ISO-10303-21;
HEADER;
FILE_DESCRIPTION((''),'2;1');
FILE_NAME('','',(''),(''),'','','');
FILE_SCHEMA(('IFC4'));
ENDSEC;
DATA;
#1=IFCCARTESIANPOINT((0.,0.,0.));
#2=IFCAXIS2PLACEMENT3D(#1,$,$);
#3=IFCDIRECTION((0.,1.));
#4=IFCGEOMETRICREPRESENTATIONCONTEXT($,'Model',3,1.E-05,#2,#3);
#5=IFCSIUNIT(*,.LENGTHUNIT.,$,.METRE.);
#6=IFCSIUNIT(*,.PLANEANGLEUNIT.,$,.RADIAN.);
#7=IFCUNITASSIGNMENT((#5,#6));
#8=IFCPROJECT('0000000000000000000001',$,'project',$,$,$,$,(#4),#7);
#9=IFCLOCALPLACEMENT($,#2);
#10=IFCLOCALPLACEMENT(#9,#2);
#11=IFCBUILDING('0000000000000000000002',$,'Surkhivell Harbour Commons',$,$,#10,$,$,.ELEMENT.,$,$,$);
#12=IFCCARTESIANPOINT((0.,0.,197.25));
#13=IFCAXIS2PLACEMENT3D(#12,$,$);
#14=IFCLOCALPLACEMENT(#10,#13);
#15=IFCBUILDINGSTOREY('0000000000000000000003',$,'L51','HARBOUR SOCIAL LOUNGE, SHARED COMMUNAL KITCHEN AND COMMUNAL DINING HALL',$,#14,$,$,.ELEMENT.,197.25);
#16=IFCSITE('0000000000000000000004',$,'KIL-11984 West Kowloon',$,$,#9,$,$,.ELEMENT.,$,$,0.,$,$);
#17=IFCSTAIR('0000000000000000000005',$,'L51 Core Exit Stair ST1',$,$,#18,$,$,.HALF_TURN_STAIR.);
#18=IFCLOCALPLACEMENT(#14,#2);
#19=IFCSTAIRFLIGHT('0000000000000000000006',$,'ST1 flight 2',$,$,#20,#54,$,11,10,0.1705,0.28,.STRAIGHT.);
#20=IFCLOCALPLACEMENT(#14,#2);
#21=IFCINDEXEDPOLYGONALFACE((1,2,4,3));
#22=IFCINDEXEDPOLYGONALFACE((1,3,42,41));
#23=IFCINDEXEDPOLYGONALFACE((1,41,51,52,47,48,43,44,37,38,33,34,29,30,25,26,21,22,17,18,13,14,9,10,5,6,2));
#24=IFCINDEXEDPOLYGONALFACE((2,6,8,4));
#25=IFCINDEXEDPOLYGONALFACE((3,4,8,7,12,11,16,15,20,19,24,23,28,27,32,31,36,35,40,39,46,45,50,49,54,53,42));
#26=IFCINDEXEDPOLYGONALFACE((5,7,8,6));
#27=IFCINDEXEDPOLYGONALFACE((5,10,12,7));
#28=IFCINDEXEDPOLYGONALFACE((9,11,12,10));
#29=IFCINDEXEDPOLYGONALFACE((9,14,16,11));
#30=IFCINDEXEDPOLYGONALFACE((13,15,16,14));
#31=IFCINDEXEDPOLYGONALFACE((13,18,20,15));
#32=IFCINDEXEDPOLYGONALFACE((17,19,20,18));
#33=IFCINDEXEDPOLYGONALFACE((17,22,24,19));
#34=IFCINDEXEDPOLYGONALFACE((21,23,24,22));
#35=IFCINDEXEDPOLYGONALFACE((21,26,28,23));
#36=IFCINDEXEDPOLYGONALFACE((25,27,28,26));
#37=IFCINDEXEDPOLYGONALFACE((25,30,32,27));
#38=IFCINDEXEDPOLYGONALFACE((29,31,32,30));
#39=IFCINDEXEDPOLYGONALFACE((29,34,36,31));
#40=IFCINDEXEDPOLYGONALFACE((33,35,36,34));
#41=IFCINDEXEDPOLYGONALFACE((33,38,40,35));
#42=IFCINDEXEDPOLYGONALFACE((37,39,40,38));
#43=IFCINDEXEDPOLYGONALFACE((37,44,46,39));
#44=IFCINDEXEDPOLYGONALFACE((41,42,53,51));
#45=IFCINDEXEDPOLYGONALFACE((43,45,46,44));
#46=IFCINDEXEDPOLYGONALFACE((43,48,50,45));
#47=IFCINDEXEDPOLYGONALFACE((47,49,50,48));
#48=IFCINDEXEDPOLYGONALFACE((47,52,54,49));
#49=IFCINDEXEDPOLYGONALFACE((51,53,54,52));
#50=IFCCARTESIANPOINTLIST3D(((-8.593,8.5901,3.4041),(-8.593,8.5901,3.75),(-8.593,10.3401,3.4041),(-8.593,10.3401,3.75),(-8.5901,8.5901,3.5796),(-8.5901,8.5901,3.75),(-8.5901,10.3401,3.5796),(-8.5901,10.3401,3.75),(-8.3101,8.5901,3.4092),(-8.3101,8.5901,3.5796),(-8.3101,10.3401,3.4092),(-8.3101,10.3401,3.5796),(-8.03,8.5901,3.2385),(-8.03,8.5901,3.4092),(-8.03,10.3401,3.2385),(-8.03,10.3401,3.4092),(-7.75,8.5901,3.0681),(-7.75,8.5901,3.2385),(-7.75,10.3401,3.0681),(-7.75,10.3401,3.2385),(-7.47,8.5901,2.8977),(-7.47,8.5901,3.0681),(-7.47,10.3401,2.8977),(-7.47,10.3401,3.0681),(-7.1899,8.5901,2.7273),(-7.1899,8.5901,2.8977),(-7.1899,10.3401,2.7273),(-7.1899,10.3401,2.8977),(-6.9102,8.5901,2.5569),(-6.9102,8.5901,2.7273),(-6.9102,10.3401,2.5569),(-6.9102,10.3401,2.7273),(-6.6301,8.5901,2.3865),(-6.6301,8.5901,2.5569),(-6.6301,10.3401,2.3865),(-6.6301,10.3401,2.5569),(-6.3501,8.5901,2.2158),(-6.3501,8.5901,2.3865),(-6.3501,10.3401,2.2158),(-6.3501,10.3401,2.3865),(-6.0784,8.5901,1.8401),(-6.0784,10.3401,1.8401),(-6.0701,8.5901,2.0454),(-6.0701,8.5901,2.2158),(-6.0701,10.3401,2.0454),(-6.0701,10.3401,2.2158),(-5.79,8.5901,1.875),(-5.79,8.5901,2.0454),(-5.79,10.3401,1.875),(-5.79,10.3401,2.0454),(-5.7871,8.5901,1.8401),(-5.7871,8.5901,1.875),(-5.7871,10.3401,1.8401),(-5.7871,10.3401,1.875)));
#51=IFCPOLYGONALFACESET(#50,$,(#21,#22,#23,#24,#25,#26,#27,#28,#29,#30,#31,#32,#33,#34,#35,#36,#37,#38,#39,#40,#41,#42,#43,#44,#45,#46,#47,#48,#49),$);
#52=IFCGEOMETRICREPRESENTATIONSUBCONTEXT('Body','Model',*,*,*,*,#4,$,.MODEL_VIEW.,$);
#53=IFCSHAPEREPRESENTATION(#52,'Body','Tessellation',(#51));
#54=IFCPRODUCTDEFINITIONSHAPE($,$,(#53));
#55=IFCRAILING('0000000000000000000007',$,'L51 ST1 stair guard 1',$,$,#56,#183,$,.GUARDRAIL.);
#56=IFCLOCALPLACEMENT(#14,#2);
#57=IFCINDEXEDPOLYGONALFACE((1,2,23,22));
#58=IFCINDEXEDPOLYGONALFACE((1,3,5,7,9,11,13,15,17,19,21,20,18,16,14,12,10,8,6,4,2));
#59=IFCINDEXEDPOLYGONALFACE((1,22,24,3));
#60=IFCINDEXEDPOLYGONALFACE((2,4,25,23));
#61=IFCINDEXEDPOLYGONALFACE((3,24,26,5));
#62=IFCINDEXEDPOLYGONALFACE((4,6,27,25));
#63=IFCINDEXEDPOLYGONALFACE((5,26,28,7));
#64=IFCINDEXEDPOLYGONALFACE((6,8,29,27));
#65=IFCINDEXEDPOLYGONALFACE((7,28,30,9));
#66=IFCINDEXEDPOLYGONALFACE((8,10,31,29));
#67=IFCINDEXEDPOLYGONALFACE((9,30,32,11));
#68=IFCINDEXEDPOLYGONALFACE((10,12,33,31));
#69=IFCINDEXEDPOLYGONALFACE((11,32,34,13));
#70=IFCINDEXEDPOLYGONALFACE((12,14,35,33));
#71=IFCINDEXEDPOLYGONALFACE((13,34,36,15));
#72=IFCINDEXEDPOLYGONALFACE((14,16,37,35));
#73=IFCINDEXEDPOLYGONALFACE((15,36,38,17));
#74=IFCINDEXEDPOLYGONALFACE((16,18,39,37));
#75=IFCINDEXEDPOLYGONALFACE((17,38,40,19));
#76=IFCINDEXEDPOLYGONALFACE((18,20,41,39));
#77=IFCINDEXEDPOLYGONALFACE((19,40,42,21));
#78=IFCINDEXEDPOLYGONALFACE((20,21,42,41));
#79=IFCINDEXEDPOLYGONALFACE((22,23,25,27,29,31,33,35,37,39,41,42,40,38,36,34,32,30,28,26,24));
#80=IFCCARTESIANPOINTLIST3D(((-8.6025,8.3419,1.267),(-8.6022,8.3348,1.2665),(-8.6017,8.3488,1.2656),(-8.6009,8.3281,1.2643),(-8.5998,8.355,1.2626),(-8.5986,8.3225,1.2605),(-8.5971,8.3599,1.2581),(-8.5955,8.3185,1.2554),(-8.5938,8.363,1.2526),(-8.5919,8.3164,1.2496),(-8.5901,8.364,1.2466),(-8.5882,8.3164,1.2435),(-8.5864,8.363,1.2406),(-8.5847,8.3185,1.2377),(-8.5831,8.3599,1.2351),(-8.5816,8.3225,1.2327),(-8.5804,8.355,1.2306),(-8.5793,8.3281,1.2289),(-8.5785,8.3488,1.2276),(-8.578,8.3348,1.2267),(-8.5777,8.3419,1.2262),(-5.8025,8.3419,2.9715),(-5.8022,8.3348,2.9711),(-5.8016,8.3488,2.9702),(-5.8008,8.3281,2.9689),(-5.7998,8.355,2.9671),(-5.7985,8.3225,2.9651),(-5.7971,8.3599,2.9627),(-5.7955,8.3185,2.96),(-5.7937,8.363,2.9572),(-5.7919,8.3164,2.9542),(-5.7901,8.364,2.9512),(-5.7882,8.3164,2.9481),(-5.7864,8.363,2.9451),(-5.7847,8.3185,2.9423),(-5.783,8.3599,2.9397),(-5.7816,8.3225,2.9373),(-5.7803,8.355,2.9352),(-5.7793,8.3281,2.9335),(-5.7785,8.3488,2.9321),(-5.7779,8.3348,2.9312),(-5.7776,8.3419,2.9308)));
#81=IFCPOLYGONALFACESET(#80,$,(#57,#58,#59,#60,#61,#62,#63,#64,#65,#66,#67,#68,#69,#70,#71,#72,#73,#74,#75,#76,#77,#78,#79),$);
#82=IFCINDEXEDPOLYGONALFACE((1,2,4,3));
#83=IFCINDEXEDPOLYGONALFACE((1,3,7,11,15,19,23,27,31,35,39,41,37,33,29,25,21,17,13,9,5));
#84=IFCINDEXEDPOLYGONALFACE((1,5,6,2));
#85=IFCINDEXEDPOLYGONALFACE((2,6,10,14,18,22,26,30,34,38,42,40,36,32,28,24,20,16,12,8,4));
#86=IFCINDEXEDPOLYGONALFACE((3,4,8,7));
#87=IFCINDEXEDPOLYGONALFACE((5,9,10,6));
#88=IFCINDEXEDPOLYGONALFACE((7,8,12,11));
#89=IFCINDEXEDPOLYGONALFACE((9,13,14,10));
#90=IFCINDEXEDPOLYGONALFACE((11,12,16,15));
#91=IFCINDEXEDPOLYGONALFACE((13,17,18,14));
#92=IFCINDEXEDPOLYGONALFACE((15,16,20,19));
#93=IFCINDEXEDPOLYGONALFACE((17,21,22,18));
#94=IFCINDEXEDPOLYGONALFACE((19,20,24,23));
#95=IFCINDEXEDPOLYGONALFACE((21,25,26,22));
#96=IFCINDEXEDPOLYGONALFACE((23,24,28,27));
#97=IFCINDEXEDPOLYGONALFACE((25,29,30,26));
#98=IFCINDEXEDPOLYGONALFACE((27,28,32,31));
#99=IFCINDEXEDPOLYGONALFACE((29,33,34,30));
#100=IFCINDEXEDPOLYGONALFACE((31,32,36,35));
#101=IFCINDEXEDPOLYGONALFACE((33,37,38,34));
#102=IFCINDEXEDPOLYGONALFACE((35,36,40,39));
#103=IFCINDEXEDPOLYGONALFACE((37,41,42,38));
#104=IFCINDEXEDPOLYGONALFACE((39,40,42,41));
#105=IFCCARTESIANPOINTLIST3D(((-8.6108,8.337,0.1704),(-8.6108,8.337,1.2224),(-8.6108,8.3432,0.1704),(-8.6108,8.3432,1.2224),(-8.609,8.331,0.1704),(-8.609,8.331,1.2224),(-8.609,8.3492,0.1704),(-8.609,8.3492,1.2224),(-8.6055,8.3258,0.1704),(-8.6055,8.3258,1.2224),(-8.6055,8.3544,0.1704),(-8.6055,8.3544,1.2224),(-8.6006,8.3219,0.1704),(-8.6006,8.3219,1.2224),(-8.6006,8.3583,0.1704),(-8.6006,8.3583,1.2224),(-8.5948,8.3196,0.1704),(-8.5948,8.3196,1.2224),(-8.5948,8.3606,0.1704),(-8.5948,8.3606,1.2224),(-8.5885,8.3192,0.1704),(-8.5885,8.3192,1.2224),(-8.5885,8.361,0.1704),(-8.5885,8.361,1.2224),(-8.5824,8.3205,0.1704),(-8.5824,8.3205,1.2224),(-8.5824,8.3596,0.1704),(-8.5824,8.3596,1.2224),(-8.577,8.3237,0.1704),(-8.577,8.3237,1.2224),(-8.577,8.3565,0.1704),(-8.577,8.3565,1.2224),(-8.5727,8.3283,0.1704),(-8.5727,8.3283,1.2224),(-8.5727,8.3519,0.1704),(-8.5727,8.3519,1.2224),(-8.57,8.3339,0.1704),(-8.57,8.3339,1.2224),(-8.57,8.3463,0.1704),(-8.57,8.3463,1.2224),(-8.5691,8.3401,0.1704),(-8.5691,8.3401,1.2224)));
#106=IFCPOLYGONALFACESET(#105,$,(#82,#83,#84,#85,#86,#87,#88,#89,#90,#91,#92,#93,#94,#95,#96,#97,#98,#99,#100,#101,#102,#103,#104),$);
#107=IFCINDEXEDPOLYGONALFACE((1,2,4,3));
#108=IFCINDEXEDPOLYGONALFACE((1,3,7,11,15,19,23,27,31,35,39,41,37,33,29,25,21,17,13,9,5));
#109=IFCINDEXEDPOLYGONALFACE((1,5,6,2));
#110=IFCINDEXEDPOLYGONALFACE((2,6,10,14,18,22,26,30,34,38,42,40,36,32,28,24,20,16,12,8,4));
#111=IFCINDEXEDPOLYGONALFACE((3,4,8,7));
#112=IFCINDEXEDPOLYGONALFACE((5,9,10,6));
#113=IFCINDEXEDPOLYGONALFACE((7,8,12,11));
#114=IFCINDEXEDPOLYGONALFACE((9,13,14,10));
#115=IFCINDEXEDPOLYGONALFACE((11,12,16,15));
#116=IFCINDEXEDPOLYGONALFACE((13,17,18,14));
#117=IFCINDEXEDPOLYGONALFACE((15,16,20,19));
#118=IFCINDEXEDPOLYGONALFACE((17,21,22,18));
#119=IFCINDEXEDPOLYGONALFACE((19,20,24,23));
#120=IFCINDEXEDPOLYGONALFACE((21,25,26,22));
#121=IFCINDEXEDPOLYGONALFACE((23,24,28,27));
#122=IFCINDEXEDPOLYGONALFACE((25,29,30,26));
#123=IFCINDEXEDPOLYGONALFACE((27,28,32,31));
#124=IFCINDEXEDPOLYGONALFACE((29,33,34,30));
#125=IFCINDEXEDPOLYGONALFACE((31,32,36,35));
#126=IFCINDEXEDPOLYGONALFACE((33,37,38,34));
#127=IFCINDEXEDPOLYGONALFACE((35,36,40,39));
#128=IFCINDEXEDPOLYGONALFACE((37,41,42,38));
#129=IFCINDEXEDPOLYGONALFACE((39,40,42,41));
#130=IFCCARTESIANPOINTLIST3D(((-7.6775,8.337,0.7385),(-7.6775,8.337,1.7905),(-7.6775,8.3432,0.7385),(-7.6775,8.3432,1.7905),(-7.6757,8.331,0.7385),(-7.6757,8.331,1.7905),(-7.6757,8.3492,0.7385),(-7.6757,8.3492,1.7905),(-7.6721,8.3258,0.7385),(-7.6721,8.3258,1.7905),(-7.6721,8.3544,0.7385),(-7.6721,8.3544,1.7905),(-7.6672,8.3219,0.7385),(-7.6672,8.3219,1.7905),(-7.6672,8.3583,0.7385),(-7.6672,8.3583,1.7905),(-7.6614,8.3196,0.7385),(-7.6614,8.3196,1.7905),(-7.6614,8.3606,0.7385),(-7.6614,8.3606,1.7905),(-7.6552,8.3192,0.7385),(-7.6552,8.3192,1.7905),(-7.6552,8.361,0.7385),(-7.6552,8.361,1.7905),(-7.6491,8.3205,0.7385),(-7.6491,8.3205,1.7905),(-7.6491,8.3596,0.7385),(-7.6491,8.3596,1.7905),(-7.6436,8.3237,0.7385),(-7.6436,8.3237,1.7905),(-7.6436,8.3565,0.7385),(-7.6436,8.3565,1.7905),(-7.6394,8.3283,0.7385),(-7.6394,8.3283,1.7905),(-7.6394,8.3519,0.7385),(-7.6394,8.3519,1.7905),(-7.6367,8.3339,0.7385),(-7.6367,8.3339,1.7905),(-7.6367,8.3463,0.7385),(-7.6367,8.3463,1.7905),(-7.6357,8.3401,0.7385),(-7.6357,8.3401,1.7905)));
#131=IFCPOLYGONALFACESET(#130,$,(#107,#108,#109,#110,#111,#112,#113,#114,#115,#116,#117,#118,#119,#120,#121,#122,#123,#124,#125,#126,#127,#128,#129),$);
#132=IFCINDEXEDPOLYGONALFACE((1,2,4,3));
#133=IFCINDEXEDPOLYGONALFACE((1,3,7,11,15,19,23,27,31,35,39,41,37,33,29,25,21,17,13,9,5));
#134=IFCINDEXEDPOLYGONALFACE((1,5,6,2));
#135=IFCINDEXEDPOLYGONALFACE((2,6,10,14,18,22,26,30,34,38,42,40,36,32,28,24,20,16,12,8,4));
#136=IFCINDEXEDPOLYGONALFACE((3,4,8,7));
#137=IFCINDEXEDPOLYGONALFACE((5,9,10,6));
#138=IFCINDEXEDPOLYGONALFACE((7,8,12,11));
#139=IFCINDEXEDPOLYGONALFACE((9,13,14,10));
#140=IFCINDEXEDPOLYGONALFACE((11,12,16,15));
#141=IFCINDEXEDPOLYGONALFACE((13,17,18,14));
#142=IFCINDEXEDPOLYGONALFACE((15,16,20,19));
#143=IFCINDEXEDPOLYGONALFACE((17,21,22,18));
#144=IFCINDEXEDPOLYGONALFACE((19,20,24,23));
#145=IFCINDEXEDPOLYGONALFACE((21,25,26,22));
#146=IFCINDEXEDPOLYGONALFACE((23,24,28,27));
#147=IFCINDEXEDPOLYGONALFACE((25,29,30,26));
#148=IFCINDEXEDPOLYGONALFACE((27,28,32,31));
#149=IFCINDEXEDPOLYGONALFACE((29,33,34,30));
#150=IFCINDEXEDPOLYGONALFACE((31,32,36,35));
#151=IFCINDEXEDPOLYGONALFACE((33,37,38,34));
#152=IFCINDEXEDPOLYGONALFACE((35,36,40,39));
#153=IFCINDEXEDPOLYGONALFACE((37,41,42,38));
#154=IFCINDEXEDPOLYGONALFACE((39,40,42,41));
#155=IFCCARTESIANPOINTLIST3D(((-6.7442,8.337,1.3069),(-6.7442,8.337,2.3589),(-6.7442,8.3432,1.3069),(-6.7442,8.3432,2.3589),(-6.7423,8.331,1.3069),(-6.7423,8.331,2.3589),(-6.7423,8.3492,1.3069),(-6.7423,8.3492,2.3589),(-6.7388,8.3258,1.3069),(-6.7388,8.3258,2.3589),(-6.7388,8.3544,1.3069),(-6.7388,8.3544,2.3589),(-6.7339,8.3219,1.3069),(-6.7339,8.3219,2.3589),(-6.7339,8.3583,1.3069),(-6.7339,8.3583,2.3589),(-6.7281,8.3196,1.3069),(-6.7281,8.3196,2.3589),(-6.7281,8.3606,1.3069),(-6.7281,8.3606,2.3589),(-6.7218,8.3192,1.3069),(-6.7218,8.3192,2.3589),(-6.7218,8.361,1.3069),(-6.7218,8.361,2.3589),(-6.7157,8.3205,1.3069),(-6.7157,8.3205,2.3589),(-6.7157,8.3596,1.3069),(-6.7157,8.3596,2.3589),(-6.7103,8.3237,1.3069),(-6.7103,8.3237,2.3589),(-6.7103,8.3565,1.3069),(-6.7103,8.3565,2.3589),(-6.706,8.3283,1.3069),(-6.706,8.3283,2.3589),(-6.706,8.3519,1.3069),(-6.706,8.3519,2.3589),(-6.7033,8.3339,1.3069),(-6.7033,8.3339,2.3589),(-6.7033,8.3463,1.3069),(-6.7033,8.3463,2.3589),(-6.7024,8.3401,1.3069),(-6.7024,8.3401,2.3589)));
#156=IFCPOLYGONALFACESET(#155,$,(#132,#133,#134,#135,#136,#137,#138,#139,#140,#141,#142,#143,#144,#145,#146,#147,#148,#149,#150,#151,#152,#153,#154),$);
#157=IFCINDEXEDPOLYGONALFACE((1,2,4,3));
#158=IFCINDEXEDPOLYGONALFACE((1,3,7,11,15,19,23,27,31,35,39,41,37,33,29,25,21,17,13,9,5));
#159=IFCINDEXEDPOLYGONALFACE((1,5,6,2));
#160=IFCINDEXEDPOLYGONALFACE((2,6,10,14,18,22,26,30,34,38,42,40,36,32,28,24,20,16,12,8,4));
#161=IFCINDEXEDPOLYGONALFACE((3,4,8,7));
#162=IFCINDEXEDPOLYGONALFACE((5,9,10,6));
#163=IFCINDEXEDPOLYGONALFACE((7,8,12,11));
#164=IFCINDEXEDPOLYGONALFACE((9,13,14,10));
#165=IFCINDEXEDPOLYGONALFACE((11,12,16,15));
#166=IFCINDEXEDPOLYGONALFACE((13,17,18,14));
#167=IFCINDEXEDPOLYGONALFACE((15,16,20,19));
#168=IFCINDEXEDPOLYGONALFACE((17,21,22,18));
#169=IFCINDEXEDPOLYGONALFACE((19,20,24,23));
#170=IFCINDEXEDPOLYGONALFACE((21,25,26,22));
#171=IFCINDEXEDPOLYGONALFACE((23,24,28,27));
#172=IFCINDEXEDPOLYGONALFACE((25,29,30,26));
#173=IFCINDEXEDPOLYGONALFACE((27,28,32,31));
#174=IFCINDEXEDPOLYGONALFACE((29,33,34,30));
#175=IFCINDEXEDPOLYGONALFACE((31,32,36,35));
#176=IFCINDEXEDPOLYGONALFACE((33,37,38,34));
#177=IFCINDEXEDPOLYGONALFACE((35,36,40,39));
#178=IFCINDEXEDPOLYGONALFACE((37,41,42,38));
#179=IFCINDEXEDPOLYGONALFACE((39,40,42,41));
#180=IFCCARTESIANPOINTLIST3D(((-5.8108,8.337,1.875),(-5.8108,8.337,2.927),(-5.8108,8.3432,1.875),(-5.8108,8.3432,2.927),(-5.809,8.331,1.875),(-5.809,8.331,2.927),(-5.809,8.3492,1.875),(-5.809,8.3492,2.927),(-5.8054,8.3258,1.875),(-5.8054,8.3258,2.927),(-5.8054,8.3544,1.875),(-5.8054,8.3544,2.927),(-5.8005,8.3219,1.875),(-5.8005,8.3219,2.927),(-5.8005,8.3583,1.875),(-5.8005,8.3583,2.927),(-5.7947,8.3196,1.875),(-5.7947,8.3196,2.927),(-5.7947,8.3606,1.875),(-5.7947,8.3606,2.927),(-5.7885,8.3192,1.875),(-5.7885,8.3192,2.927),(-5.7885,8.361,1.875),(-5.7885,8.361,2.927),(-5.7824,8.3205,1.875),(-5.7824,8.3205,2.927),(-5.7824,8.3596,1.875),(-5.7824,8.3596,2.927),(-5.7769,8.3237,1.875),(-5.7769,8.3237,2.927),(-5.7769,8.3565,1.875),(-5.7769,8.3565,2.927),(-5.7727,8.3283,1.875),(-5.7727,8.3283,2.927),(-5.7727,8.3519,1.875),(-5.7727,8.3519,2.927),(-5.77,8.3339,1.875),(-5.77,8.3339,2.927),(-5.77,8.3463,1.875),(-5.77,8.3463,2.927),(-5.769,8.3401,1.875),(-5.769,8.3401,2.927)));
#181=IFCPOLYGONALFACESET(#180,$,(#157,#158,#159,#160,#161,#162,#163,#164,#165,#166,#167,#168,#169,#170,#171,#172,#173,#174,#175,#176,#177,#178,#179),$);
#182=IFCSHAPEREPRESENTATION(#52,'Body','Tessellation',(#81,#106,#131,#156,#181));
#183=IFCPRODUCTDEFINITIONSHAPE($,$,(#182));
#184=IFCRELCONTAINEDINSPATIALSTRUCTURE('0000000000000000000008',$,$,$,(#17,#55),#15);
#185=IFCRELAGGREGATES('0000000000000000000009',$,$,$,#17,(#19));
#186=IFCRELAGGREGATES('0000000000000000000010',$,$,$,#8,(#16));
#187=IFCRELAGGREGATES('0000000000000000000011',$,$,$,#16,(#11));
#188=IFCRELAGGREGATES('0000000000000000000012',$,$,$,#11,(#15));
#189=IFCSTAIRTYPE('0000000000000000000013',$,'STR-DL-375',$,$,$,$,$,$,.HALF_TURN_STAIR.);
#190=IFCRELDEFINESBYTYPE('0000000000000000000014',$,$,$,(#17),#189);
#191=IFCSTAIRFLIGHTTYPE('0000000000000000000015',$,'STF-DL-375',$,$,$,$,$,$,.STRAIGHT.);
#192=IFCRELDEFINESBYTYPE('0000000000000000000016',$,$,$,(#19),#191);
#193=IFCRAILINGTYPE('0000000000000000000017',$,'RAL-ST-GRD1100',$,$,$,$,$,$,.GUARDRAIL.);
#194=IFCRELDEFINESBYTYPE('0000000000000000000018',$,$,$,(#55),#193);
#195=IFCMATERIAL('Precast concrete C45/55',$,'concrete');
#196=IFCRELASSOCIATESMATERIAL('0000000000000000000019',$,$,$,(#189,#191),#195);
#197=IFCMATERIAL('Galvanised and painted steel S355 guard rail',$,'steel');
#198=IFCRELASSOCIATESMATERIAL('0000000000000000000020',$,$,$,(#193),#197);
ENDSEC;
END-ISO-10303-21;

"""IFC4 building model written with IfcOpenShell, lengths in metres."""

from ifc_helpers import new_model, si_unit, direction, frame, origin, origin_2d, place, context, subcontext, project, spatial, polyline, circle, outline, extrude, material, type_object, element, aggregate, save


model = new_model("IFC4")

# Units and contexts
model_context = context("Model", 3, precision=1e-05, world=origin(), true_north=direction((0.0, 1.0)))
body_context = subcontext(model_context, "Body", "Model", "MODEL_VIEW")
ifc_project = project(units=[si_unit("LENGTHUNIT", "METRE"), si_unit("PLANEANGLEUNIT", "RADIAN")], contexts=[model_context])

# Site, building, storey
site_placement = place(None, origin())
site = spatial("IfcSite", under=ifc_project, at=site_placement, Name="KIL-11984 West Kowloon", CompositionType="ELEMENT", RefElevation=0.0)
building_placement = place(site_placement, origin())
building = spatial("IfcBuilding", under=site, at=building_placement, Name="Surkhivell Harbour Commons", CompositionType="ELEMENT")
storey_placement = place(building_placement, frame((0.0, 0.0, 197.25)))
storey = spatial("IfcBuildingStorey", under=building, at=storey_placement, Name="L51", Description="HARBOUR SOCIAL LOUNGE, SHARED COMMUNAL KITCHEN AND COMMUNAL DINING HALL", CompositionType="ELEMENT", Elevation=197.25)

# Stair, stair flight
ifc_material_1 = material(Name="Precast concrete C45/55", Category="concrete")
stair_type = type_object("IfcStairType", Name="STR-DL-375", PredefinedType="HALF_TURN_STAIR", material=ifc_material_1)
stair_placement = place(storey_placement, origin())
stair = element("IfcStair", 1, at=stair_placement, inside=storey, type_object=stair_type, Name="L51 Core Exit Stair ST1", PredefinedType="HALF_TURN_STAIR")
stair_flight_type = type_object("IfcStairFlightType", Name="STF-DL-375", PredefinedType="STRAIGHT", material=ifc_material_1)
stair_flight_1_placement = place(storey_placement, frame((-5.79, 9.4651, 1.875), z_axis=(0.0, 0.0, 1.0), x_axis=(-1.0, 0.0, 0.0)))
stair_flight_1 = element("IfcStairFlight", 2, at=stair_flight_1_placement, type_object=stair_flight_type, Name="ST1 flight 2", NumberOfRisers=11, NumberOfTreads=10, PredefinedType="STRAIGHT", RiserHeight=0.1705, TreadLength=0.28, context=body_context, shape_type="SweptSolid", body=[
    extrude(outline(polyline([(-0.0029, -0.0349), (-0.0029, 0.0), (0.0, 0.0), (0.0, 0.1704), (0.28, 0.1704), (0.28, 0.3408), (0.5601, 0.3408), (0.5601, 0.5115), (0.8401, 0.5115), (0.8401, 0.6819), (1.1201, 0.6819), (1.1201, 0.8523), (1.3999, 0.8523), (1.3999, 1.0227), (1.6799, 1.0227), (1.6799, 1.1931), (1.96, 1.1931), (1.96, 1.3635), (2.24, 1.3635), (2.24, 1.5342), (2.52, 1.5342), (2.52, 1.7046), (2.8, 1.7046), (2.8, 1.875), (2.803, 1.875), (2.803, 1.5291), (0.2883, -0.0349), (-0.0029, -0.0349)])), frame((0.0, 0.875, 0.0), z_axis=(0.0, -1.0, 0.0), x_axis=(1.0, 0.0, 0.0)), (0.0, 0.0, 1.0), 1.75),
])
aggregate(stair, [stair_flight_1])

# Railing
ifc_material_2 = material(Name="Galvanised and painted steel S355 guard rail", Category="steel")
railing_type_1 = type_object("IfcRailingType", Name="RAL-ST-GRD1100", PredefinedType="GUARDRAIL", material=ifc_material_2)
railing_1_placement = place(storey_placement, frame((-8.5901, 8.3401, 0.1704)))
element("IfcRailing", 3, at=railing_1_placement, inside=storey, type_object=railing_type_1, Name="L51 ST1 stair guard 1", PredefinedType="GUARDRAIL", context=body_context, shape_type="SweptSolid", body=[
    extrude(circle(Radius=0.0239, at=origin_2d()), frame((0.0, 0.0, 1.0762), z_axis=(0.85417, 0.0, 0.519994), x_axis=(0.0, 1.0, 0.0)), (0.0, 0.0, 1.0), 3.2781),
    extrude(circle(Radius=0.021, at=origin_2d()), origin(), (0.0, 0.0, 1.0), 1.052),
    extrude(circle(Radius=0.021, at=origin_2d()), frame((0.9333, 0.0, 0.5681)), (0.0, 0.0, 1.0), 1.052),
    extrude(circle(Radius=0.021, at=origin_2d()), frame((1.8667, 0.0, 1.1365)), (0.0, 0.0, 1.0), 1.052),
    extrude(circle(Radius=0.021, at=origin_2d()), frame((2.8, 0.0, 1.7046)), (0.0, 0.0, 1.0), 1.052),
])

save(model, "model.ifc")
